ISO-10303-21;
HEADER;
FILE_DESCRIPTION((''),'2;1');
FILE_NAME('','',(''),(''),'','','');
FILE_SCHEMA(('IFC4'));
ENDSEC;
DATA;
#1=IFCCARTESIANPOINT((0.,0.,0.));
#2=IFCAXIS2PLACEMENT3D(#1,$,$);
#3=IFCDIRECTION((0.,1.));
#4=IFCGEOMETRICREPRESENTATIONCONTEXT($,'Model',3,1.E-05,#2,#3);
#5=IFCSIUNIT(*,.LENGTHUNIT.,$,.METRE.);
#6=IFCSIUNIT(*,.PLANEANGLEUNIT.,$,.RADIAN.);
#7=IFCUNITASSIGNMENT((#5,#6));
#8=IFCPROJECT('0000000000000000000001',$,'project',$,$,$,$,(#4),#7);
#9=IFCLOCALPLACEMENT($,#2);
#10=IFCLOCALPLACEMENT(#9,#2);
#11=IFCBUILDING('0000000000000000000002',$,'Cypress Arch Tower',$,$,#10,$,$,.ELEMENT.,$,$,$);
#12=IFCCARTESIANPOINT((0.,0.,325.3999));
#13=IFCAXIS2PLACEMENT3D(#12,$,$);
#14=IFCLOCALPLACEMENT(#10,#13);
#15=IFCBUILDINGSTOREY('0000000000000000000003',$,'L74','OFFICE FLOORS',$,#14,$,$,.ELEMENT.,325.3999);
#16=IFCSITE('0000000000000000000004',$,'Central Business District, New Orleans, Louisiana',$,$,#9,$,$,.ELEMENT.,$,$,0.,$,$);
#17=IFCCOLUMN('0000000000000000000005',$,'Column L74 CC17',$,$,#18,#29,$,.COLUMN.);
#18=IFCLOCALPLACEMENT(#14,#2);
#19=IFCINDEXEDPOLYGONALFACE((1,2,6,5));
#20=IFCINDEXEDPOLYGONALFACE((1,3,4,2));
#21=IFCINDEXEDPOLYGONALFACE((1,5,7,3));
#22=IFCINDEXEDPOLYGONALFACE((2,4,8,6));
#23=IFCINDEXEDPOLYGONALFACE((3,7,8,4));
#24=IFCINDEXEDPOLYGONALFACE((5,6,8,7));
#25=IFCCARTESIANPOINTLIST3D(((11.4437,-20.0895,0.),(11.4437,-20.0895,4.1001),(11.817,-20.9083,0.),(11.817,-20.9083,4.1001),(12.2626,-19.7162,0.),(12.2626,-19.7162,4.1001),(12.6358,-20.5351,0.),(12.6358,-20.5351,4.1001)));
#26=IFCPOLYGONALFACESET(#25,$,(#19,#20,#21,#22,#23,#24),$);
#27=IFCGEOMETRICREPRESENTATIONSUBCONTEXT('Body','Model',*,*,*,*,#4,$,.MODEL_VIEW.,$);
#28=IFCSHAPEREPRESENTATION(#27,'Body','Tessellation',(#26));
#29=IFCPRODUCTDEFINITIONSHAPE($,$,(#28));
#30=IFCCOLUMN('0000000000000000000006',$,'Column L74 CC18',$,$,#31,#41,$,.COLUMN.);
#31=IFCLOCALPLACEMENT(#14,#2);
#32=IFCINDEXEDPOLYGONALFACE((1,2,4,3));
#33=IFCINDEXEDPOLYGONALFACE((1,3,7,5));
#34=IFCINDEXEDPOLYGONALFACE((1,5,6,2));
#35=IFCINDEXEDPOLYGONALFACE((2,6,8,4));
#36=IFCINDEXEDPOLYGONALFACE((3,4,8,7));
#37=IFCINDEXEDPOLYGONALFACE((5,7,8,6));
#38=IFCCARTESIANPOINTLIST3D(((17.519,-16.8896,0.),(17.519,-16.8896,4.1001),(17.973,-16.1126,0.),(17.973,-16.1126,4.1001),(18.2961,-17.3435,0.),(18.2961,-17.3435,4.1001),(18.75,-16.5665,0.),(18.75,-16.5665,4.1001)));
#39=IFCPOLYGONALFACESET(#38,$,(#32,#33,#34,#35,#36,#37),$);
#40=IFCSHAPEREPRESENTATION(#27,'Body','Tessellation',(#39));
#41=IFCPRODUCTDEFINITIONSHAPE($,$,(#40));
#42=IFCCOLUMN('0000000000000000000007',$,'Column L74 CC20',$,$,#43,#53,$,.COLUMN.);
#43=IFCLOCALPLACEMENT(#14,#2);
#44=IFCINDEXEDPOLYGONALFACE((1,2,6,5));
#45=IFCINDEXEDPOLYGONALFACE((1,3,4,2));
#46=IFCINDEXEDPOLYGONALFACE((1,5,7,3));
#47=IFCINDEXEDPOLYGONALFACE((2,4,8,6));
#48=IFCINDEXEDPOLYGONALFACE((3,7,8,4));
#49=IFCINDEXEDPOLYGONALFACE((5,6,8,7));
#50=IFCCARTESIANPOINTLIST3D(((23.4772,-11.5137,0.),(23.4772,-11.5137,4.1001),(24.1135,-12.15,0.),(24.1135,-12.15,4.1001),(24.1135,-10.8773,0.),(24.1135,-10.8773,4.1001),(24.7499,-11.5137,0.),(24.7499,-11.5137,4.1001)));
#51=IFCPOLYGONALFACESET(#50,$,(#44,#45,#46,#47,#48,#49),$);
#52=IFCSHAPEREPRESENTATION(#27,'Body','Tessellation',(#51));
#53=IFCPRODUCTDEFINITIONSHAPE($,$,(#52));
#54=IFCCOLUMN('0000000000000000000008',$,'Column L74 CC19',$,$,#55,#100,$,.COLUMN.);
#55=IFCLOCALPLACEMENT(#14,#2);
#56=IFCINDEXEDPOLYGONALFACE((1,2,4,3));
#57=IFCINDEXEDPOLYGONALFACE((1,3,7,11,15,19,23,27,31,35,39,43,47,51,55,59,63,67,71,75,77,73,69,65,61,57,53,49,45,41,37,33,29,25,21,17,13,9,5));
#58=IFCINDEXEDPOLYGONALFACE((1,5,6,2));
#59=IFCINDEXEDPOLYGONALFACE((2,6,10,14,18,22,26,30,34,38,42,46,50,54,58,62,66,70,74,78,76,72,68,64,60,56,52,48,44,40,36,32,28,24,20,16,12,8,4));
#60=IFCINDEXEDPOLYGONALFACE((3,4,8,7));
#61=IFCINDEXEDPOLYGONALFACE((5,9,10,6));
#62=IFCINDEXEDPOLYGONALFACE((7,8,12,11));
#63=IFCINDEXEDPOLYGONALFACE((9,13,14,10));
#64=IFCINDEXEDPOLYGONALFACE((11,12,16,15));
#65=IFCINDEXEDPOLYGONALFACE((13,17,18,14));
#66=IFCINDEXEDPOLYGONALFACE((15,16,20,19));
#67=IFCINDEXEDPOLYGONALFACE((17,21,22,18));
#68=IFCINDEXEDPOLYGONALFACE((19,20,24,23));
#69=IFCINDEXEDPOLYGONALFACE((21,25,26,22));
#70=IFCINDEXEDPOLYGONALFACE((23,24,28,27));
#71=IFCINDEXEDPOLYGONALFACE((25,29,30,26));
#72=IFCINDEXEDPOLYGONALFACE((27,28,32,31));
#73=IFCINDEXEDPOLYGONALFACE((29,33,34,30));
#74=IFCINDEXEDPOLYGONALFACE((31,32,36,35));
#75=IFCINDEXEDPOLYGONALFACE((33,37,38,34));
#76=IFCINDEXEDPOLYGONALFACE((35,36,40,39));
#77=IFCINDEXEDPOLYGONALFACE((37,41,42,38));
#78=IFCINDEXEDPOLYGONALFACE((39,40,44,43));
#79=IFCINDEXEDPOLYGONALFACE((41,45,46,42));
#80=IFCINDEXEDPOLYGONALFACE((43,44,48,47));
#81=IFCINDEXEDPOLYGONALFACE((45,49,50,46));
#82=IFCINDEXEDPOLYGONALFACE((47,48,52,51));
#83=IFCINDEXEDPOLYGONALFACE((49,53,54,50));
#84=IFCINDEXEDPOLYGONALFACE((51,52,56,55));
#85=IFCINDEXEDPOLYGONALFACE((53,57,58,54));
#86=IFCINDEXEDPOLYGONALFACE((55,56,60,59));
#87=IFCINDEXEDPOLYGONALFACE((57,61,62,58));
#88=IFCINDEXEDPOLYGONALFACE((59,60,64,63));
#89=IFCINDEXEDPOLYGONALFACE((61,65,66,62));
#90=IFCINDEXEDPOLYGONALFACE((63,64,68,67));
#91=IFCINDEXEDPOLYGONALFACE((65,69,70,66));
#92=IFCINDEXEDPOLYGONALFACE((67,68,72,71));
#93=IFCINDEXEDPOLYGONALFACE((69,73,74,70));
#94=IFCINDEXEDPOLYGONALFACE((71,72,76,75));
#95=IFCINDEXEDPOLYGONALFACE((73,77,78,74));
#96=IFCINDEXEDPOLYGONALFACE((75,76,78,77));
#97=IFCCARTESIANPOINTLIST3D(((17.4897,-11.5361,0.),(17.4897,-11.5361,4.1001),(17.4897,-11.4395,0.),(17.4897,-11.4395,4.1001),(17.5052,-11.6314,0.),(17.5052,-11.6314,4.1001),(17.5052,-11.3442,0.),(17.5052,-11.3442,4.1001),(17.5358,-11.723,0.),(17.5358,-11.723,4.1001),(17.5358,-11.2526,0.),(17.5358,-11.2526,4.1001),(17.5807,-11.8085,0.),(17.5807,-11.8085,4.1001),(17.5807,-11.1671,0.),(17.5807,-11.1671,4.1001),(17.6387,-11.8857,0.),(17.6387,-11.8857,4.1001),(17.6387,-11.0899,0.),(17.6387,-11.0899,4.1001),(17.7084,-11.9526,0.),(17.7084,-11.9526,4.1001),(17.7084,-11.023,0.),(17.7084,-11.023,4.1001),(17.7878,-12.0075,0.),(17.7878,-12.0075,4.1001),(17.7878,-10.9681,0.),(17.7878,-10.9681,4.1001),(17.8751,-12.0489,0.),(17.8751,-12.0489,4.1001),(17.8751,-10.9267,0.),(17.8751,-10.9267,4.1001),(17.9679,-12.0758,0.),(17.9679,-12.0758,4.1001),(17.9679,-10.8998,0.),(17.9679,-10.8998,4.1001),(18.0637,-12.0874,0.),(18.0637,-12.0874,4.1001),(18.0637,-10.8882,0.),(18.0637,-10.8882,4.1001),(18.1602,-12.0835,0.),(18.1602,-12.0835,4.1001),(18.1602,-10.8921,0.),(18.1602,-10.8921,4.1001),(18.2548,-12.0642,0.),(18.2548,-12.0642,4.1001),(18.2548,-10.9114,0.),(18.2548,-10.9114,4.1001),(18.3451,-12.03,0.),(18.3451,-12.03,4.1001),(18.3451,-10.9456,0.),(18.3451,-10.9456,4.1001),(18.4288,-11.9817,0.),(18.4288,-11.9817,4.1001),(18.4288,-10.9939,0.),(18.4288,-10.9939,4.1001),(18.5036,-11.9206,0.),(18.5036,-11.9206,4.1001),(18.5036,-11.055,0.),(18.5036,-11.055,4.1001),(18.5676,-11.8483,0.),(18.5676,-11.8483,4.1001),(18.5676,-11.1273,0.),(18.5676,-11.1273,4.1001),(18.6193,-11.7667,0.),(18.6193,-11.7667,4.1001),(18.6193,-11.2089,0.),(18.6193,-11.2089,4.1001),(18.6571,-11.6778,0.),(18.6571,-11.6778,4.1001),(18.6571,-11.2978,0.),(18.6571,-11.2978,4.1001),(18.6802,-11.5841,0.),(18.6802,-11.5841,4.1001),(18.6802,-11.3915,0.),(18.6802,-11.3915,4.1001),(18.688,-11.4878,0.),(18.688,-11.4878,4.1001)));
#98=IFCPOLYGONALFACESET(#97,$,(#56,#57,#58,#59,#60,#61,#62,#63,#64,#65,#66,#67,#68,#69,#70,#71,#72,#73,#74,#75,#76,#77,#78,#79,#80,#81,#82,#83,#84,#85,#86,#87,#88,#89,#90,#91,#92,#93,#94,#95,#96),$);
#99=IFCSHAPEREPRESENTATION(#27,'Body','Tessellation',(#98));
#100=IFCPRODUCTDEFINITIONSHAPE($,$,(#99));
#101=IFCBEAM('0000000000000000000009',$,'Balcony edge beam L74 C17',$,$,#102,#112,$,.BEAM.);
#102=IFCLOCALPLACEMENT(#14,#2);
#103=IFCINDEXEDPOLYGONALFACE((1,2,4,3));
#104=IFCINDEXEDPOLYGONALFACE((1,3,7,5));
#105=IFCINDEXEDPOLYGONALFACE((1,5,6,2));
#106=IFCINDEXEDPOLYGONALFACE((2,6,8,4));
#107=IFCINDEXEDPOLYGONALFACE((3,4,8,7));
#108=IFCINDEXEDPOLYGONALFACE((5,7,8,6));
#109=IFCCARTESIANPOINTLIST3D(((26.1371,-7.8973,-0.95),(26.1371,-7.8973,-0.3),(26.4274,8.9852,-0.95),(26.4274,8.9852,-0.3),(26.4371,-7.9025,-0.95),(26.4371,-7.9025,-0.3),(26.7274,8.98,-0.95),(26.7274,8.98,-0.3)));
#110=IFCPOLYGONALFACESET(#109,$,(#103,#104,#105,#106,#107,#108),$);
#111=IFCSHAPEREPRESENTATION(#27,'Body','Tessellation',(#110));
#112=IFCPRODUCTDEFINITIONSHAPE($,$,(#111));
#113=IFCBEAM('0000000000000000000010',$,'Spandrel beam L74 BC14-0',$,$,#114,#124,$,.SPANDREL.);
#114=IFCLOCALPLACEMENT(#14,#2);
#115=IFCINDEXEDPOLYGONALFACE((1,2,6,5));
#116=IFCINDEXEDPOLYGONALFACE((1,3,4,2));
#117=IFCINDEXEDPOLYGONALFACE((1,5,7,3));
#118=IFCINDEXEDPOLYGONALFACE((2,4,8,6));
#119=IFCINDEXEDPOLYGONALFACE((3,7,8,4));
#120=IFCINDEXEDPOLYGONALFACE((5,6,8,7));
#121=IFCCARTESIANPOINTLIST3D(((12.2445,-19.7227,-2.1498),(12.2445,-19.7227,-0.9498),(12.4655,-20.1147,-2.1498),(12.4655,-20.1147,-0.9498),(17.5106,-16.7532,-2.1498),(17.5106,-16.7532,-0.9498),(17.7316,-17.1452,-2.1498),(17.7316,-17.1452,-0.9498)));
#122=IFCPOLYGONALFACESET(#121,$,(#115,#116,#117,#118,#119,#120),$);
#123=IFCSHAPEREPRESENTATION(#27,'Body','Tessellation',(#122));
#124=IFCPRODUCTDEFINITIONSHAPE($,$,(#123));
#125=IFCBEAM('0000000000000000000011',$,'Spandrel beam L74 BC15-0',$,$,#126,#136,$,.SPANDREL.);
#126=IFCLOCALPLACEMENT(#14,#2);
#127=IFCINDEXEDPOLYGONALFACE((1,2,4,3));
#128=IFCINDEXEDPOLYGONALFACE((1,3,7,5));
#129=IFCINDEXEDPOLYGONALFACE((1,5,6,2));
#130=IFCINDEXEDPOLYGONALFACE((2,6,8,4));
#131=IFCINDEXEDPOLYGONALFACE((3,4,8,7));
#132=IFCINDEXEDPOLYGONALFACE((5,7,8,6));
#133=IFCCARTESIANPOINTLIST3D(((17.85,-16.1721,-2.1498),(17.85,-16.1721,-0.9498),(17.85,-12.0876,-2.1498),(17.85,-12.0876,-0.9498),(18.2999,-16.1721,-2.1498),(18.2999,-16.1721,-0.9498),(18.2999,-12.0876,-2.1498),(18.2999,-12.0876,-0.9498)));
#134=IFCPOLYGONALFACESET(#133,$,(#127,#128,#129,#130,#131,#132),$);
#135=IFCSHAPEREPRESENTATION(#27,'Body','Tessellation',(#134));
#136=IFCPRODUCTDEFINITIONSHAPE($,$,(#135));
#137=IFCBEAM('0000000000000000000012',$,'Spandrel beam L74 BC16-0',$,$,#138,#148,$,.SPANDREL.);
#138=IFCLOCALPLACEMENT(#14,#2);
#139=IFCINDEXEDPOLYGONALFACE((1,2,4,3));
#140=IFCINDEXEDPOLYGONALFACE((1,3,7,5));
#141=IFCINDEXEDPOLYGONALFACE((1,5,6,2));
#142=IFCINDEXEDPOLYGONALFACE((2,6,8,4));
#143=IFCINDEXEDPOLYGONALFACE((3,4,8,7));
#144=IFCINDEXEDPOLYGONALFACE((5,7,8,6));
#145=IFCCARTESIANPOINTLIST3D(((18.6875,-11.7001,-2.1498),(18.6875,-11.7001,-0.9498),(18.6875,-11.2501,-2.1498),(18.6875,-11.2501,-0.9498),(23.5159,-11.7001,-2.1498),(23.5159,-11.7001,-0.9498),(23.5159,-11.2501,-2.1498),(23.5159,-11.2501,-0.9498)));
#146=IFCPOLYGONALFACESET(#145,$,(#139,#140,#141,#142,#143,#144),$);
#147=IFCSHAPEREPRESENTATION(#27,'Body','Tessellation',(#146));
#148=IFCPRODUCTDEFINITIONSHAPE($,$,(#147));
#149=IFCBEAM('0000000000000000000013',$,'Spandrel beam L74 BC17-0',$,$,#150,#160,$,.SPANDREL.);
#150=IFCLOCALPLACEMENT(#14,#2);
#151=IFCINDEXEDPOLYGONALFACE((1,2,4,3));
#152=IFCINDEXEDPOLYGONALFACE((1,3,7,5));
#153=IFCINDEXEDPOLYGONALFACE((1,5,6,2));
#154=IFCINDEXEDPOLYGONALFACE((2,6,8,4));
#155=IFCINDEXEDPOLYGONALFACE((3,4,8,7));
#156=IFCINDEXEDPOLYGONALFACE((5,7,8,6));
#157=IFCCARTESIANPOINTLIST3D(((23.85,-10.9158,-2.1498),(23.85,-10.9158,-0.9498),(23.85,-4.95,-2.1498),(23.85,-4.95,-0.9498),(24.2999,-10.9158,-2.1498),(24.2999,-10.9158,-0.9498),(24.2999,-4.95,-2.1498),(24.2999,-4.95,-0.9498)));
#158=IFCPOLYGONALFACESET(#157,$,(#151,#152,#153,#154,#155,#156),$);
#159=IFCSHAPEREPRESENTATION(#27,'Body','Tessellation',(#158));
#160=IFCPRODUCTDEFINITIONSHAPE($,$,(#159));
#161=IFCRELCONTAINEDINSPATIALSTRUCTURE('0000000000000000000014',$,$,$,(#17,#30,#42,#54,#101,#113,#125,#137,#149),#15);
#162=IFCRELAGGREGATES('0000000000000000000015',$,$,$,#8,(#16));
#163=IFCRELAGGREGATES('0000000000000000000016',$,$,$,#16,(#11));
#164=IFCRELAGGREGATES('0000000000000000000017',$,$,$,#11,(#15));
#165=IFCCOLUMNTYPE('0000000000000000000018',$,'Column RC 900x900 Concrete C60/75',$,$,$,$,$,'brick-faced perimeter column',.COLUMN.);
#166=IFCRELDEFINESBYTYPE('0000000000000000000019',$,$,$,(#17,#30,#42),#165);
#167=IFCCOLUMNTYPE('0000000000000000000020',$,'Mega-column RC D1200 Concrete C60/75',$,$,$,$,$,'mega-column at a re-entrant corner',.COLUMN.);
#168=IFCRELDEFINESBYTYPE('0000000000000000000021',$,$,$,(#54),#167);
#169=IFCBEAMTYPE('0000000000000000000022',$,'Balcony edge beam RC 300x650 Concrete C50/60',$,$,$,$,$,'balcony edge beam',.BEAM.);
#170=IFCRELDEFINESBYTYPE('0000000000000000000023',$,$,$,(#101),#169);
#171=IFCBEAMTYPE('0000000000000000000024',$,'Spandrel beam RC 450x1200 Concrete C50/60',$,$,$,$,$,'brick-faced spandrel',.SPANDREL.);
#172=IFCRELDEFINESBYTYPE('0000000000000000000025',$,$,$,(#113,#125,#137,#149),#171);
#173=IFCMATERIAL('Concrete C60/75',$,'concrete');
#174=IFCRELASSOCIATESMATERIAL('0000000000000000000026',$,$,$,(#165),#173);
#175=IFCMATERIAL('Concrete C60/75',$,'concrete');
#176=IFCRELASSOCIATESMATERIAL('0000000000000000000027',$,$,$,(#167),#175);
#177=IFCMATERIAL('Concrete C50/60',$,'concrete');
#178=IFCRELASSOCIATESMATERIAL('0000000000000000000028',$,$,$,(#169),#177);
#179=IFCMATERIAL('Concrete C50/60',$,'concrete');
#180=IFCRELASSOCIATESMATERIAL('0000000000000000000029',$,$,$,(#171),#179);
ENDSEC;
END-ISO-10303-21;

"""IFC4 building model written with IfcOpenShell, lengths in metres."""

from ifc_helpers import new_model, si_unit, direction, frame, origin, origin_2d, place, context, subcontext, project, spatial, rectangle, circle, extrude, material, material_profile, profile_set, type_object, element, save


model = new_model("IFC4")

# Units and contexts
model_context = context("Model", 3, precision=1e-05, world=origin(), true_north=direction((0.0, 1.0)))
body_context = subcontext(model_context, "Body", "Model", "MODEL_VIEW")
ifc_project = project(units=[si_unit("LENGTHUNIT", "METRE"), si_unit("PLANEANGLEUNIT", "RADIAN")], contexts=[model_context])

# Site, building, storey
site_placement = place(None, origin())
site = spatial("IfcSite", under=ifc_project, at=site_placement, Name="Central Business District, New Orleans, Louisiana", CompositionType="ELEMENT", RefElevation=0.0)
building_placement = place(site_placement, origin())
building = spatial("IfcBuilding", under=site, at=building_placement, Name="Cypress Arch Tower", CompositionType="ELEMENT")
storey_placement = place(building_placement, frame((0.0, 0.0, 325.3999)))
storey = spatial("IfcBuildingStorey", under=building, at=storey_placement, Name="L74", Description="OFFICE FLOORS", CompositionType="ELEMENT", Elevation=325.3999)

# Columns
ifc_material_1 = material(Name="Concrete C60/75", Category="concrete")
ifc_material_profile_1 = material_profile(ifc_material_1, rectangle(XDim=0.8999, YDim=0.8999, at=origin_2d()), Name="RC 900x900")
ifc_profile_set_1 = profile_set([ifc_material_profile_1], Name="Concrete C60/75")
column_type_1 = type_object("IfcColumnType", Name="Column RC 900x900 Concrete C60/75", ElementType="brick-faced perimeter column", PredefinedType="COLUMN", material=ifc_profile_set_1)
for number, where, z_axis, x_axis, name in (
    (1, (12.0398, -20.3123, 0.0), (0.0, 0.0, 1.0), (0.909932, 0.414757, 0.0), "Column L74 CC17"),
    (2, (18.1345, -16.728, 0.0), (0.0, 0.0, 1.0), (0.504399, 0.863471, 0.0), "Column L74 CC18"),
    (3, (24.1135, -11.5137, 0.0), (0.0, 0.0, 1.0), (0.707107, 0.707107, 0.0), "Column L74 CC20"),
):
    element("IfcColumn", number, at=place(storey_placement, frame(where, z_axis=z_axis, x_axis=x_axis)), inside=storey, type_object=column_type_1, Name=name, PredefinedType="COLUMN", context=body_context, shape_type="SweptSolid", body=[
        extrude(rectangle(XDim=0.8999, YDim=0.8999, at=origin_2d()), origin(), (0.0, 0.0, 1.0), 4.1001),
    ])
ifc_material_2 = material(Name="Concrete C60/75", Category="concrete")
ifc_material_profile_2 = material_profile(ifc_material_2, circle(Radius=0.6001, at=origin_2d()), Name="RC D1200")
ifc_profile_set_2 = profile_set([ifc_material_profile_2], Name="Concrete C60/75")
column_type_2 = type_object("IfcColumnType", Name="Mega-column RC D1200 Concrete C60/75", ElementType="mega-column at a re-entrant corner", PredefinedType="COLUMN", material=ifc_profile_set_2)
column_placement = place(storey_placement, frame((18.0879, -11.4878, 0.0), z_axis=(0.0, 0.0, 1.0), x_axis=(1.0, 0.0, 0.0)))
element("IfcColumn", 4, at=column_placement, inside=storey, type_object=column_type_2, Name="Column L74 CC19", PredefinedType="COLUMN", context=body_context, shape_type="SweptSolid", body=[
    extrude(circle(Radius=0.6001, at=origin_2d()), origin(), (0.0, 0.0, 1.0), 4.1001),
])

# Beams
ifc_material_3 = material(Name="Concrete C50/60", Category="concrete")
ifc_material_profile_3 = material_profile(ifc_material_3, rectangle(XDim=0.3, YDim=0.6499, at=origin_2d()), Name="RC 300x650")
ifc_profile_set_3 = profile_set([ifc_material_profile_3], Name="Concrete C50/60")
beam_type_1 = type_object("IfcBeamType", Name="Balcony edge beam RC 300x650 Concrete C50/60", ElementType="balcony edge beam", PredefinedType="BEAM", material=ifc_profile_set_3)
beam_1_placement = place(storey_placement, frame((26.2871, -7.8999, -0.625), z_axis=(0.017192, 0.999852, 0.0), x_axis=(-0.999852, 0.017192, 0.0)))
element("IfcBeam", 5, at=beam_1_placement, inside=storey, type_object=beam_type_1, Name="Balcony edge beam L74 C17", PredefinedType="BEAM", context=body_context, shape_type="SweptSolid", body=[
    extrude(rectangle(XDim=0.3, YDim=0.6499, at=origin_2d()), origin(), (0.0, 0.0, 1.0), 16.885),
])
ifc_material_4 = material(Name="Concrete C50/60", Category="concrete")
ifc_material_profile_4 = material_profile(ifc_material_4, rectangle(XDim=0.45, YDim=1.2, at=origin_2d()), Name="RC 450x1200")
ifc_profile_set_4 = profile_set([ifc_material_profile_4], Name="Concrete C50/60")
beam_type_2 = type_object("IfcBeamType", Name="Spandrel beam RC 450x1200 Concrete C50/60", ElementType="brick-faced spandrel", PredefinedType="SPANDREL", material=ifc_profile_set_4)
beam_2_placement = place(storey_placement, frame((12.355, -19.9187, -1.5498), z_axis=(0.87106, 0.491177, 0.0), x_axis=(-0.491177, 0.87106, 0.0)))
element("IfcBeam", 6, at=beam_2_placement, inside=storey, type_object=beam_type_2, Name="Spandrel beam L74 BC14-0", PredefinedType="SPANDREL", context=body_context, shape_type="SweptSolid", body=[
    extrude(rectangle(XDim=0.45, YDim=1.2, at=origin_2d()), origin(), (0.0, 0.0, 1.0), 6.0457),
])
beam_3_placement = place(storey_placement, frame((18.075, -16.1721, -1.5498), z_axis=(0.0, 1.0, 0.0), x_axis=(-1.0, 0.0, 0.0)))
element("IfcBeam", 7, at=beam_3_placement, inside=storey, type_object=beam_type_2, Name="Spandrel beam L74 BC15-0", PredefinedType="SPANDREL", context=body_context, shape_type="SweptSolid", body=[
    extrude(rectangle(XDim=0.45, YDim=1.2, at=origin_2d()), origin(), (0.0, 0.0, 1.0), 4.0845),
])
beam_4_placement = place(storey_placement, frame((18.6875, -11.4751, -1.5498), z_axis=(1.0, 0.0, 0.0), x_axis=(0.0, 1.0, 0.0)))
element("IfcBeam", 8, at=beam_4_placement, inside=storey, type_object=beam_type_2, Name="Spandrel beam L74 BC16-0", PredefinedType="SPANDREL", context=body_context, shape_type="SweptSolid", body=[
    extrude(rectangle(XDim=0.45, YDim=1.2, at=origin_2d()), origin(), (0.0, 0.0, 1.0), 4.8284),
])
beam_5_placement = place(storey_placement, frame((24.075, -10.9158, -1.5498), z_axis=(0.0, 1.0, 0.0), x_axis=(-1.0, 0.0, 0.0)))
element("IfcBeam", 9, at=beam_5_placement, inside=storey, type_object=beam_type_2, Name="Spandrel beam L74 BC17-0", PredefinedType="SPANDREL", context=body_context, shape_type="SweptSolid", body=[
    extrude(rectangle(XDim=0.45, YDim=1.2, at=origin_2d()), origin(), (0.0, 0.0, 1.0), 5.9658),
])

save(model, "model.ifc")
